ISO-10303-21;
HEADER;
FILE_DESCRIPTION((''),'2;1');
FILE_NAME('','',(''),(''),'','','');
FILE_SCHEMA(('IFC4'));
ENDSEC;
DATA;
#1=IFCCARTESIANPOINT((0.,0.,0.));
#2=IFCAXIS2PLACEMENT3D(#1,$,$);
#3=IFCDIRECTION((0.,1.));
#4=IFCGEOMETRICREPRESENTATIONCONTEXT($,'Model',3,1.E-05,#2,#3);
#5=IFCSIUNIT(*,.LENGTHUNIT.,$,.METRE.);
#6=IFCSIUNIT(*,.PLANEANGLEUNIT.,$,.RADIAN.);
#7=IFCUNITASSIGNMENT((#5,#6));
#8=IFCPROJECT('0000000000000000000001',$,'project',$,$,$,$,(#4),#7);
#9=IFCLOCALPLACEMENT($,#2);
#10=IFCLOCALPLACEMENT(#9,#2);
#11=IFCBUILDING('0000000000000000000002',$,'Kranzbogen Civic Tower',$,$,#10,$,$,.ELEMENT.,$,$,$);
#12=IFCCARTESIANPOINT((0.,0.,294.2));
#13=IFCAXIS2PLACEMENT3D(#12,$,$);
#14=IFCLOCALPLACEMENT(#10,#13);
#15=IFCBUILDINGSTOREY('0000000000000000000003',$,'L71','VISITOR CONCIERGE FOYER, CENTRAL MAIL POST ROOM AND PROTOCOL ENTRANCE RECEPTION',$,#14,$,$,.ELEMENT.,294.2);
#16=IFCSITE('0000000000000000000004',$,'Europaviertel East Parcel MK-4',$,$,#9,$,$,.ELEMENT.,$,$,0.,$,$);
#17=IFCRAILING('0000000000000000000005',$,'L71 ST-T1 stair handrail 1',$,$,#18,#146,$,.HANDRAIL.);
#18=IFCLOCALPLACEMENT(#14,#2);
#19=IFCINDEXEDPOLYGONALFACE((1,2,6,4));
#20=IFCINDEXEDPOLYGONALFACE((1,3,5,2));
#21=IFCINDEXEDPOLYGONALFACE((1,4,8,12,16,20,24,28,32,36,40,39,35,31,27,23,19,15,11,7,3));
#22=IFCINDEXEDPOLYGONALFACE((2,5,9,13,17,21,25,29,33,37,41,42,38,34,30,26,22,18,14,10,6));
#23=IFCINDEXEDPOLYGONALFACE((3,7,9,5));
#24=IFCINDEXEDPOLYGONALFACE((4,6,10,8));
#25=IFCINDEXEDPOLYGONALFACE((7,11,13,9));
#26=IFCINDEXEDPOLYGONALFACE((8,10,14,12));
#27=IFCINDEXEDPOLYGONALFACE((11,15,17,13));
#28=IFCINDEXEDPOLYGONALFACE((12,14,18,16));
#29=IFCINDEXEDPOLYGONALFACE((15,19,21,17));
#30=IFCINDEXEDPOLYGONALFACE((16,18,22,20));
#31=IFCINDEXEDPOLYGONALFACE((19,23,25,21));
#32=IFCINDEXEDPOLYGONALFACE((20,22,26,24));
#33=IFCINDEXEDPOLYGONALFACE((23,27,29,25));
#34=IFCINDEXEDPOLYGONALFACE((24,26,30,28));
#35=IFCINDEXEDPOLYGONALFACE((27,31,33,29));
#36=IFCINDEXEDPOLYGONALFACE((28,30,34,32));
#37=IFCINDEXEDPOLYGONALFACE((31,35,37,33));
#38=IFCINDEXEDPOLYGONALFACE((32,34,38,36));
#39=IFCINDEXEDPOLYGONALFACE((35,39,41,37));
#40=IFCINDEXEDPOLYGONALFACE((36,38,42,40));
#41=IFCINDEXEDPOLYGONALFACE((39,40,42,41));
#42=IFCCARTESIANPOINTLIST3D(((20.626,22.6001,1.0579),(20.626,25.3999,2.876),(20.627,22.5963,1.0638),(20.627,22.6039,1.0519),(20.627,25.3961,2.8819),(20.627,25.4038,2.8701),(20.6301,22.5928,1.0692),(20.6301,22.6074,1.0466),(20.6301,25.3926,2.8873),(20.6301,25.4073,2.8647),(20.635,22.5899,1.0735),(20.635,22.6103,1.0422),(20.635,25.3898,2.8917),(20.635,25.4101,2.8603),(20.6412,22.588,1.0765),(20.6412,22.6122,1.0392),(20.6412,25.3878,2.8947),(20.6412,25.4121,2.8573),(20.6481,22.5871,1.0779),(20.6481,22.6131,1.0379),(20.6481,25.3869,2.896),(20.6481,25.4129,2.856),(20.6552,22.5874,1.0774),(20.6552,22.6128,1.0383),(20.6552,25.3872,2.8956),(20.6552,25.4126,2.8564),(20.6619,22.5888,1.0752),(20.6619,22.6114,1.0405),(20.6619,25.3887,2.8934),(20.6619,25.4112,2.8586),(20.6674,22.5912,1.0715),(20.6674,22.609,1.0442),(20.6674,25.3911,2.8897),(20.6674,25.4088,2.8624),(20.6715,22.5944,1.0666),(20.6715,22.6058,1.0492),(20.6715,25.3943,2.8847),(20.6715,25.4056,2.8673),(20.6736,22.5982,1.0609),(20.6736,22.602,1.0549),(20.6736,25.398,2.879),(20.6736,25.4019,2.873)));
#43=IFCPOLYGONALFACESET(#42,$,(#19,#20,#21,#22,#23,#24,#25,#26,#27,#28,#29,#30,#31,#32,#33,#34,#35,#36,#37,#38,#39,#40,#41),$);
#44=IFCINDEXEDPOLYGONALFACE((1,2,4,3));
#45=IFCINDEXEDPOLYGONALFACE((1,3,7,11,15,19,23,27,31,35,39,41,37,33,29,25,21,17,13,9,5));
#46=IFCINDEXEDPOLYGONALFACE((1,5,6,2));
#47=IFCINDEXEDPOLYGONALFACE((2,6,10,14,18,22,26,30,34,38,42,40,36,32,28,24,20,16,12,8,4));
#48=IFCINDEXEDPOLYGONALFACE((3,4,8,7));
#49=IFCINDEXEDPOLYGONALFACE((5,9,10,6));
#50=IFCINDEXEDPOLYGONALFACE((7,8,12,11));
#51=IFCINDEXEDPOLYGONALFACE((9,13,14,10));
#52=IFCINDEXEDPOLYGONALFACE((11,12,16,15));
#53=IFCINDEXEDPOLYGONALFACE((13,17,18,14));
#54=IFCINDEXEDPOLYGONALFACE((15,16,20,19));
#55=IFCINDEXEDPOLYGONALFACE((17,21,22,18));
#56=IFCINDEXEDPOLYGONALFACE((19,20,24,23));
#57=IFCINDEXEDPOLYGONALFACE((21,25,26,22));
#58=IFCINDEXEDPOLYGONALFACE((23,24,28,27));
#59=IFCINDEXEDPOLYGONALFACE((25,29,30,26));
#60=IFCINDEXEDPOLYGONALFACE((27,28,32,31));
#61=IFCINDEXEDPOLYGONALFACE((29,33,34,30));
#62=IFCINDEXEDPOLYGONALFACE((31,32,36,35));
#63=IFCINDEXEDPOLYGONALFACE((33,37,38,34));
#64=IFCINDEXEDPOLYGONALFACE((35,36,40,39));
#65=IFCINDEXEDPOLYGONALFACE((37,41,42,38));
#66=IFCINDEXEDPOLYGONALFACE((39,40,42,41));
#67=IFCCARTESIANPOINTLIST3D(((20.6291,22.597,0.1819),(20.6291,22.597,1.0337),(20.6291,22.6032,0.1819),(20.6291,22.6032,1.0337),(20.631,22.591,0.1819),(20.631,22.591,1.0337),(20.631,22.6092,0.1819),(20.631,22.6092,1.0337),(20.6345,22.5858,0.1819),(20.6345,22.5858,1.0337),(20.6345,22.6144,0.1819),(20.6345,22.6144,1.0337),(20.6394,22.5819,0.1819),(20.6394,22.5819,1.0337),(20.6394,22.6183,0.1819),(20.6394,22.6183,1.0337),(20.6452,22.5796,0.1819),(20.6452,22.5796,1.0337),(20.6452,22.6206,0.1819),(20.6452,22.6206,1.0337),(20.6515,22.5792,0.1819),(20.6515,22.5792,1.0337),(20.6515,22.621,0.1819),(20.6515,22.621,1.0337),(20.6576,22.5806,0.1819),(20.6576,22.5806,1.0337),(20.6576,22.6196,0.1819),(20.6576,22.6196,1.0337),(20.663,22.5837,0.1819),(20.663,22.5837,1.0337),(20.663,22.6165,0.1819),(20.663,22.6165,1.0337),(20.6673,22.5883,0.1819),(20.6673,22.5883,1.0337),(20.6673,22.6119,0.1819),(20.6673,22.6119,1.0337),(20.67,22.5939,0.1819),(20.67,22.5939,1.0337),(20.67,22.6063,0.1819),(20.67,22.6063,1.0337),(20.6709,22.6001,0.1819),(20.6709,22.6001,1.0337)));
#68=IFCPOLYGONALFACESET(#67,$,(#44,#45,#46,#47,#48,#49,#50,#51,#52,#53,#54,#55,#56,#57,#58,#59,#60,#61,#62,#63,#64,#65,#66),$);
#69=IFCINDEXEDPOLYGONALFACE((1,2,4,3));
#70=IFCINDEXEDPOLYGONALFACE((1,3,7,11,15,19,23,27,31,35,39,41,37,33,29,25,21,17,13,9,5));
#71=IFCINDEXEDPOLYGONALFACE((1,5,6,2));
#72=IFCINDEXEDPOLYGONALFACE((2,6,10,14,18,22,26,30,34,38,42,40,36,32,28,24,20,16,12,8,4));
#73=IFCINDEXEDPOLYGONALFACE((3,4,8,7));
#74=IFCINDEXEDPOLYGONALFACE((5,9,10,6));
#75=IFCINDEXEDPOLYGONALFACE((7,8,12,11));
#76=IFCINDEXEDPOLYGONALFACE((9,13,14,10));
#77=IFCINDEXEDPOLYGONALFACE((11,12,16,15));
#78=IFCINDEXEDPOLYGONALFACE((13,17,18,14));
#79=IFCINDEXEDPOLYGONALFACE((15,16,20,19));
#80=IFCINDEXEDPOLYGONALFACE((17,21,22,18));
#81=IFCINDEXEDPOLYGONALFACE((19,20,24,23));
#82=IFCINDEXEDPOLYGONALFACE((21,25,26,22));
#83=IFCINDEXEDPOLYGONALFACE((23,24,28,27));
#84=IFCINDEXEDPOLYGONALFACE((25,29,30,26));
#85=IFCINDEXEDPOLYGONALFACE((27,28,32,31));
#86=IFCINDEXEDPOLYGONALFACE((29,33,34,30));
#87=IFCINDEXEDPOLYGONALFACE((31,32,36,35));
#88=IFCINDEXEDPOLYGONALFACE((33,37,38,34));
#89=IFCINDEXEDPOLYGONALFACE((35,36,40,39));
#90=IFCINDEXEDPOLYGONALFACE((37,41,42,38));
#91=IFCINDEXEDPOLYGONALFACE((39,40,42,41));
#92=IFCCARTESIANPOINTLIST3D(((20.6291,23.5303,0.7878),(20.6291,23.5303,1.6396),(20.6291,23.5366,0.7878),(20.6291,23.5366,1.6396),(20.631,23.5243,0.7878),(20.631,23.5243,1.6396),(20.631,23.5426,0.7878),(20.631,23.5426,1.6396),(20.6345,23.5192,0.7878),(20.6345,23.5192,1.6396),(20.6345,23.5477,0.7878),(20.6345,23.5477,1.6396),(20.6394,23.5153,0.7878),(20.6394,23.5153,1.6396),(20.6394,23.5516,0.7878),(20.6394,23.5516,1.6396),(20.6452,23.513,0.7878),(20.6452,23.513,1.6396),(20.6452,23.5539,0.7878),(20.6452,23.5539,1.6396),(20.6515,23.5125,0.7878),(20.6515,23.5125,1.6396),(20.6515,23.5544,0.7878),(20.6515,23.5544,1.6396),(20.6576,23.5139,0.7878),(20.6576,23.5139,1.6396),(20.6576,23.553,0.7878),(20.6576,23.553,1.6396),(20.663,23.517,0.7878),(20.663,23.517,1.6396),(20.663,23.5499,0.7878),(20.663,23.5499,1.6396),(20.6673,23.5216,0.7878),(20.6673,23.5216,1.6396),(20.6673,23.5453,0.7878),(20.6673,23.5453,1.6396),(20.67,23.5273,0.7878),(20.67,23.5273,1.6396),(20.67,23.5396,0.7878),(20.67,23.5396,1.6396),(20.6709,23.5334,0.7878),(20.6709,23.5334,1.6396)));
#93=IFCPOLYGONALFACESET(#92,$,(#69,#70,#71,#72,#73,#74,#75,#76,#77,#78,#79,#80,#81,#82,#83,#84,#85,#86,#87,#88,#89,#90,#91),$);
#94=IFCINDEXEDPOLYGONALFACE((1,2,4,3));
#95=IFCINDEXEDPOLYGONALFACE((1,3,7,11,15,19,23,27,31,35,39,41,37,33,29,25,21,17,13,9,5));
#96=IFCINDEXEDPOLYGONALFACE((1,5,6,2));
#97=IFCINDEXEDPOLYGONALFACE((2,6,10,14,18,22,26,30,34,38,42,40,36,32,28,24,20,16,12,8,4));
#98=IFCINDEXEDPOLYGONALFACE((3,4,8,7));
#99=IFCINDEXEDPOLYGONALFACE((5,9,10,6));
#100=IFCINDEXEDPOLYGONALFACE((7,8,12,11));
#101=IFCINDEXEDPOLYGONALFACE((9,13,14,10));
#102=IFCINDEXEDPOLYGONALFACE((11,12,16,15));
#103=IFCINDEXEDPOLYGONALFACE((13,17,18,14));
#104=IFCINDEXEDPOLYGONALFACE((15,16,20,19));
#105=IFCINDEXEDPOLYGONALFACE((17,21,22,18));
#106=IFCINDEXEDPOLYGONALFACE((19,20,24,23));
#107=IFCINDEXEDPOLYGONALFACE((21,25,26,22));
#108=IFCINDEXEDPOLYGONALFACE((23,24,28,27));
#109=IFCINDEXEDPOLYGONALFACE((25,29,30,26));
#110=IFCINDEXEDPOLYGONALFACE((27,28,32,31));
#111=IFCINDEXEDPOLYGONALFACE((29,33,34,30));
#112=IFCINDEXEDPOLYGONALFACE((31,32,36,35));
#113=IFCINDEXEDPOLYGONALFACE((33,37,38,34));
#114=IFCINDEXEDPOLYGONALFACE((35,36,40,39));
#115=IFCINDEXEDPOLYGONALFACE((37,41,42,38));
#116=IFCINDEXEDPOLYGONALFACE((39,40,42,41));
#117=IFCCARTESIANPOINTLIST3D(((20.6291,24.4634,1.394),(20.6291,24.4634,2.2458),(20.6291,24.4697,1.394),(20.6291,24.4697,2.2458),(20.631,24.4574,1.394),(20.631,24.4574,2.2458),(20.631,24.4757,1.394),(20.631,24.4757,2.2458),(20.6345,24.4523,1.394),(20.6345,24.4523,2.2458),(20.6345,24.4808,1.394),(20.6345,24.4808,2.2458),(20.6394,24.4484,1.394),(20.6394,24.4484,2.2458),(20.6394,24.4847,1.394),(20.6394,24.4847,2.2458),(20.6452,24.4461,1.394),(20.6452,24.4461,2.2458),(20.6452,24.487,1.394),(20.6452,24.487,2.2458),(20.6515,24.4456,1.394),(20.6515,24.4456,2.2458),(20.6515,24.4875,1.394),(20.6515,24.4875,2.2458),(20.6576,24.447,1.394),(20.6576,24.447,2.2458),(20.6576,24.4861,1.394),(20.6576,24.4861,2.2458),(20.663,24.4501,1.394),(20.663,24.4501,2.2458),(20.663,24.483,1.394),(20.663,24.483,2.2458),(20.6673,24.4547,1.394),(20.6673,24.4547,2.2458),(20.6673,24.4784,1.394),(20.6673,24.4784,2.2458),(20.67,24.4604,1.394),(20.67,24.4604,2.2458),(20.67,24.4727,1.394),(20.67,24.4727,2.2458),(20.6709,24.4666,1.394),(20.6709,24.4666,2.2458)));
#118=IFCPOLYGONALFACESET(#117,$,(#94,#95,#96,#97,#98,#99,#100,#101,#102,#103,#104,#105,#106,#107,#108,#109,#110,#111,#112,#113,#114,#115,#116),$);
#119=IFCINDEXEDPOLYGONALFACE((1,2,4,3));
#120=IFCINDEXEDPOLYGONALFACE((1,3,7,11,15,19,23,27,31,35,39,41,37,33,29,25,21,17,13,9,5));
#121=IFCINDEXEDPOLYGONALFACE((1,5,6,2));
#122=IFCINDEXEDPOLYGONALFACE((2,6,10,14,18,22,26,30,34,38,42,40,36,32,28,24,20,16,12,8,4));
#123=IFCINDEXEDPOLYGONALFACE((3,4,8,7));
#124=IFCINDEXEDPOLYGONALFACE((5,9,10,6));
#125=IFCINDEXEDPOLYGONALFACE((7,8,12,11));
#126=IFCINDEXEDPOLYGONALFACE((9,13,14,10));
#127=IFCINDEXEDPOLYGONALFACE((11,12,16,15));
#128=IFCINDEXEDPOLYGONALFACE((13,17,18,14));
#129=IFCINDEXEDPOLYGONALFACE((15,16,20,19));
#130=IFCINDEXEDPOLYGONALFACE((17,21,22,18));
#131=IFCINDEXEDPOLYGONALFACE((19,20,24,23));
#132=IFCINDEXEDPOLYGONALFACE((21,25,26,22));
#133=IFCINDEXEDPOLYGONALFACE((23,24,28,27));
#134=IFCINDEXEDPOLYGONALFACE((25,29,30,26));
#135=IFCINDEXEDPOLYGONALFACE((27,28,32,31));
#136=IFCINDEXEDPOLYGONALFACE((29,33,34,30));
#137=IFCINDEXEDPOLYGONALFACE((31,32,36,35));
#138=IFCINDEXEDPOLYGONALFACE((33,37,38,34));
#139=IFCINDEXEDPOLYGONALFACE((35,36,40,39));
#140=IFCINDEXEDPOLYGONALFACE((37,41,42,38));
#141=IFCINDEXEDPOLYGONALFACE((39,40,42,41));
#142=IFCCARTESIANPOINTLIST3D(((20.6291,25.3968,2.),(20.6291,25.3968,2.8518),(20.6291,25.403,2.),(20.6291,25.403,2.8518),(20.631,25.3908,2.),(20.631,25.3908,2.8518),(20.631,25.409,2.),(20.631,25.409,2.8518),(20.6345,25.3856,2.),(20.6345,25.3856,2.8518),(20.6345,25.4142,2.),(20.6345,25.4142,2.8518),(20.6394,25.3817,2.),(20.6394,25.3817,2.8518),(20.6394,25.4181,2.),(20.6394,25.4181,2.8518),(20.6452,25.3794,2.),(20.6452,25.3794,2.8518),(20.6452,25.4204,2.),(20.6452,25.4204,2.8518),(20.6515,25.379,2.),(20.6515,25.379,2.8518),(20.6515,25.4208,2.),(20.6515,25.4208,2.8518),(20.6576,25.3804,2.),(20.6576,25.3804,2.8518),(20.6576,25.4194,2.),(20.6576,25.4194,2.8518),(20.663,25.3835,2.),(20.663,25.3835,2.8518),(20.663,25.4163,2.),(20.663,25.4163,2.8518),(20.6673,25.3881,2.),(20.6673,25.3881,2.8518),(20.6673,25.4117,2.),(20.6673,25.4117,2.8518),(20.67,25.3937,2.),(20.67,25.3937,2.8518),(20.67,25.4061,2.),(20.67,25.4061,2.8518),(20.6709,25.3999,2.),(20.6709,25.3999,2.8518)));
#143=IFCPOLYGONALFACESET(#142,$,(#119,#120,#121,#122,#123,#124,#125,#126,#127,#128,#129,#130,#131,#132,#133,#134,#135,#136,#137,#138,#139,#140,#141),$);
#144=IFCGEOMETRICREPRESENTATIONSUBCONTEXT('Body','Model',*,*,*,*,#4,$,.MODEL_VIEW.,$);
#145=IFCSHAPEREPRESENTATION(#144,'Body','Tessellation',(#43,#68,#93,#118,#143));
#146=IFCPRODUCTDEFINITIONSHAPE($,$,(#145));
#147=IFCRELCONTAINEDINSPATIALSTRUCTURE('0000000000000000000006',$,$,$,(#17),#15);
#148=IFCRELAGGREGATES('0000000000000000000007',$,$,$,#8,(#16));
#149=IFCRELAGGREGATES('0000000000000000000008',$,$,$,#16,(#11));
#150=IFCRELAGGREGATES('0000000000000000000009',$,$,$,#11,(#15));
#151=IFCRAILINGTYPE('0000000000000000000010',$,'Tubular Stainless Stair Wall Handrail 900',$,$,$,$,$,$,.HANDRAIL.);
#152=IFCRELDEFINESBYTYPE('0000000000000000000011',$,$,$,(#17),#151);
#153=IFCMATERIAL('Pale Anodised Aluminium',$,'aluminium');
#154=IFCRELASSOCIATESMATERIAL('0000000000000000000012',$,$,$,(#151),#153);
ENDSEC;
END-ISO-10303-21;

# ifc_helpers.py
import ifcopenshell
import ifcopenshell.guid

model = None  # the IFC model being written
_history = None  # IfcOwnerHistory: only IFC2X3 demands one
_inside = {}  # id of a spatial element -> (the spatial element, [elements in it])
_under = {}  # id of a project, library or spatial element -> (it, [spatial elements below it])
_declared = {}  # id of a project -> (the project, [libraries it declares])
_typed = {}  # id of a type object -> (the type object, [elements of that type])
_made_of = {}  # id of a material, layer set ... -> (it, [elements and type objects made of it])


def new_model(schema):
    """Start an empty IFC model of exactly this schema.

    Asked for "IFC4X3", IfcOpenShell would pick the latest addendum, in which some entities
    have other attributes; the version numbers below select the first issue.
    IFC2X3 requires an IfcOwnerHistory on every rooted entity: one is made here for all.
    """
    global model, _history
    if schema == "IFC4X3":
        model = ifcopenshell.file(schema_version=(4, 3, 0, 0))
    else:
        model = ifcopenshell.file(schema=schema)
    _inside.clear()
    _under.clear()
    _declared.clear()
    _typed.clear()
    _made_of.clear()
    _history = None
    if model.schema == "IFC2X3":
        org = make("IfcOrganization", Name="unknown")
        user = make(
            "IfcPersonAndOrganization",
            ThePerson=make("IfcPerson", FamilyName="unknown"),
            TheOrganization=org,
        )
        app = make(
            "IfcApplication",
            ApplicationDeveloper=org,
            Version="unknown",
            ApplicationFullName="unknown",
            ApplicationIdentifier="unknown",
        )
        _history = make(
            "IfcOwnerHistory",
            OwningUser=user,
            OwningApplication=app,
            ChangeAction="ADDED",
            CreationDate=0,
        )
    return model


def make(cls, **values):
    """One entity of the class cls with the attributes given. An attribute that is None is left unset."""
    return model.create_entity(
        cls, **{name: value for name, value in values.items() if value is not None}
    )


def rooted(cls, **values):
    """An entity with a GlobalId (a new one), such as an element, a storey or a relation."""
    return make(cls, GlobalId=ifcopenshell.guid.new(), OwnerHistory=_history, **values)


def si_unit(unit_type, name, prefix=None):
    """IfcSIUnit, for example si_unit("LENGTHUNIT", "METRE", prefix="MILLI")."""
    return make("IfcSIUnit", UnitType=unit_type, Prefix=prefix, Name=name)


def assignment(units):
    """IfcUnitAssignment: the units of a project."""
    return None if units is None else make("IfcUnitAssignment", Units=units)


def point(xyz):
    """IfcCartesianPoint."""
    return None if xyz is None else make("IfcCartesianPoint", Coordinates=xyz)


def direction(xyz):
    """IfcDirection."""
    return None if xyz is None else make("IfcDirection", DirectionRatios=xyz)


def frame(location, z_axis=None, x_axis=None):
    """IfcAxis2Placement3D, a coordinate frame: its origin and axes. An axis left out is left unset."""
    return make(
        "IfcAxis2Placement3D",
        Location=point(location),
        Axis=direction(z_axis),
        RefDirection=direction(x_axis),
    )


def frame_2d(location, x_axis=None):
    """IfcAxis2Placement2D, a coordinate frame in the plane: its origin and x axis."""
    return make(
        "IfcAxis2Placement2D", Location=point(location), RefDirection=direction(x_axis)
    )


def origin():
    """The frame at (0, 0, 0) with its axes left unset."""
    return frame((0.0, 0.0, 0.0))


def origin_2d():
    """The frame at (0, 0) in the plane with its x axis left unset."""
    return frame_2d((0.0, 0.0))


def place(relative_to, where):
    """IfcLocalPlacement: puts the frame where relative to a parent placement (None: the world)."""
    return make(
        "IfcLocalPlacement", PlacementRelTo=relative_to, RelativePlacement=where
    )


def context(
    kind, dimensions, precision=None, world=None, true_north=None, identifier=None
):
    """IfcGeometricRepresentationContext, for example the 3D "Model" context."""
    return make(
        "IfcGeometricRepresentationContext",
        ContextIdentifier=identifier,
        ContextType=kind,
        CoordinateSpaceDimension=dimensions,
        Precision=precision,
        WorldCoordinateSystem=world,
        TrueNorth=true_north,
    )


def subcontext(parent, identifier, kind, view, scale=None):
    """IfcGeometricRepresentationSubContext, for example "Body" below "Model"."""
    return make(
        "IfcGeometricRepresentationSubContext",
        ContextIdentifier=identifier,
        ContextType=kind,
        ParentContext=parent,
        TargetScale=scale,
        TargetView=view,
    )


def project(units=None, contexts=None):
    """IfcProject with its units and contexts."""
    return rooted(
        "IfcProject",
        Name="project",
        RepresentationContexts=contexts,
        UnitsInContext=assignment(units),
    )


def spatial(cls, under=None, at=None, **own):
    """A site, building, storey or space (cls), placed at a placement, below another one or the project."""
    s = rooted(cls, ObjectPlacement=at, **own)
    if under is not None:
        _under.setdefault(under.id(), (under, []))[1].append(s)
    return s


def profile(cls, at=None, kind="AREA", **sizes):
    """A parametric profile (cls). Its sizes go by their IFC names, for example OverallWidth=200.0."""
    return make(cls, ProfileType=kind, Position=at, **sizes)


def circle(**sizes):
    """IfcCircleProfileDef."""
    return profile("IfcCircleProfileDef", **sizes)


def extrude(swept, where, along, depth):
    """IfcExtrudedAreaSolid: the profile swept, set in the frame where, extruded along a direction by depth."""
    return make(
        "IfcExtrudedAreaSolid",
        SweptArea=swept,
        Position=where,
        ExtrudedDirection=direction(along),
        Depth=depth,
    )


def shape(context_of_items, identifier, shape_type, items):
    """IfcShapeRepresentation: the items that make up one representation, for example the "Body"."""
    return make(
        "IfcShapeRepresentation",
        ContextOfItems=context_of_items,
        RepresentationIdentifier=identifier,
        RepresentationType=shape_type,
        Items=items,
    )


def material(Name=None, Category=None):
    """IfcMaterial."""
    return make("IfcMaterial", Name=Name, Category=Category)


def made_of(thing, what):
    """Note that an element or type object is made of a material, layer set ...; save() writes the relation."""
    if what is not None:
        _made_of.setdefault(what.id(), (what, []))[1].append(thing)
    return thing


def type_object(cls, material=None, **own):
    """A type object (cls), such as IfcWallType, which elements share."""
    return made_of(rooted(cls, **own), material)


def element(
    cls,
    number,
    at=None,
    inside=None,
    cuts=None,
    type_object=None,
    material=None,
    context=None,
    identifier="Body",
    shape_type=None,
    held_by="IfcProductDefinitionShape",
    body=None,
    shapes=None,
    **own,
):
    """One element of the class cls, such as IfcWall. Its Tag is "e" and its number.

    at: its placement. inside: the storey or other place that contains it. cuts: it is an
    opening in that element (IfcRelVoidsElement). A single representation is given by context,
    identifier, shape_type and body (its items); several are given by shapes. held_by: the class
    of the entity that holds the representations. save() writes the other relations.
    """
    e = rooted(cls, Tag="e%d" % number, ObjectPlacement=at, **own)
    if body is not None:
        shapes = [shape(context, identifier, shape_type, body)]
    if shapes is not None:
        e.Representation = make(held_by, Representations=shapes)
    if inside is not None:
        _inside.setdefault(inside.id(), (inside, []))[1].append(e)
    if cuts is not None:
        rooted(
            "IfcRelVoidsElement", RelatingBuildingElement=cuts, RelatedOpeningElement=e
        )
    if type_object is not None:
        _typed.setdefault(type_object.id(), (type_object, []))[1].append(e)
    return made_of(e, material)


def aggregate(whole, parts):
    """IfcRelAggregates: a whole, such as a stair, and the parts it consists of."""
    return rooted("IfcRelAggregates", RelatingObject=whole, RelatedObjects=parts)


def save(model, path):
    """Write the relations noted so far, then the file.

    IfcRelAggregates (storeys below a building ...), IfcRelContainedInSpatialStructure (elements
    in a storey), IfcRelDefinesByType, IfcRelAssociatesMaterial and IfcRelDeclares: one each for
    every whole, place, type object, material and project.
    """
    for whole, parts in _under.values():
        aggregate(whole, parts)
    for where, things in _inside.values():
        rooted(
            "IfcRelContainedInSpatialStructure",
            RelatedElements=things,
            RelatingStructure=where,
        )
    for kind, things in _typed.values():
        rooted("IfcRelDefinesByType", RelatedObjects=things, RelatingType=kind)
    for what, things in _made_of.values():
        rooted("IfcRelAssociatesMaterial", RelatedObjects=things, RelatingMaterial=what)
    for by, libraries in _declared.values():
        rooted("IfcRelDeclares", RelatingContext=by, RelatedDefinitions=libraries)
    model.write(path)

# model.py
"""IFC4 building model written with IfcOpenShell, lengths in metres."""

from ifc_helpers import new_model, si_unit, direction, frame, origin, origin_2d, place, context, subcontext, project, spatial, circle, extrude, material, type_object, element, save


model = new_model("IFC4")

# Units and contexts
model_context = context("Model", 3, precision=1e-05, world=origin(), true_north=direction((0.0, 1.0)))
body_context = subcontext(model_context, "Body", "Model", "MODEL_VIEW")
ifc_project = project(units=[si_unit("LENGTHUNIT", "METRE"), si_unit("PLANEANGLEUNIT", "RADIAN")], contexts=[model_context])

# Site, building, storey
site_placement = place(None, origin())
site = spatial("IfcSite", under=ifc_project, at=site_placement, Name="Europaviertel East Parcel MK-4", CompositionType="ELEMENT", RefElevation=0.0)
building_placement = place(site_placement, origin())
building = spatial("IfcBuilding", under=site, at=building_placement, Name="Kranzbogen Civic Tower", CompositionType="ELEMENT")
storey_placement = place(building_placement, frame((0.0, 0.0, 294.2)))
storey = spatial("IfcBuildingStorey", under=building, at=storey_placement, Name="L71", Description="VISITOR CONCIERGE FOYER, CENTRAL MAIL POST ROOM AND PROTOCOL ENTRANCE RECEPTION", CompositionType="ELEMENT", Elevation=294.2)

# Shared definitions
ifc_material_1 = material(Name="Pale Anodised Aluminium", Category="aluminium")

# Railing
railing_type_1 = type_object("IfcRailingType", Name="Tubular Stainless Stair Wall Handrail 900", PredefinedType="HANDRAIL", material=ifc_material_1)
railing_1_placement = place(storey_placement, frame((20.6499, 22.6001, 0.1819)))
element("IfcRailing", 1, at=railing_1_placement, inside=storey, type_object=railing_type_1, Name="L71 ST-T1 stair handrail 1", PredefinedType="HANDRAIL", context=body_context, shape_type="SweptSolid", body=[
    extrude(circle(Radius=0.0239, at=origin_2d()), frame((0.0, 0.0, 0.876), z_axis=(0.0, 0.838684, 0.544618), x_axis=(-1.0, 0.0, 0.0)), (0.0, 0.0, 1.0), 3.3384),
    extrude(circle(Radius=0.021, at=origin_2d()), origin(), (0.0, 0.0, 1.0), 0.8518),
    extrude(circle(Radius=0.021, at=origin_2d()), frame((0.0, 0.9333, 0.606)), (0.0, 0.0, 1.0), 0.8518),
    extrude(circle(Radius=0.021, at=origin_2d()), frame((0.0, 1.8665, 1.2122)), (0.0, 0.0, 1.0), 0.8518),
    extrude(circle(Radius=0.021, at=origin_2d()), frame((0.0, 2.7998, 1.8181)), (0.0, 0.0, 1.0), 0.8518),
])

save(model, "model.ifc")
